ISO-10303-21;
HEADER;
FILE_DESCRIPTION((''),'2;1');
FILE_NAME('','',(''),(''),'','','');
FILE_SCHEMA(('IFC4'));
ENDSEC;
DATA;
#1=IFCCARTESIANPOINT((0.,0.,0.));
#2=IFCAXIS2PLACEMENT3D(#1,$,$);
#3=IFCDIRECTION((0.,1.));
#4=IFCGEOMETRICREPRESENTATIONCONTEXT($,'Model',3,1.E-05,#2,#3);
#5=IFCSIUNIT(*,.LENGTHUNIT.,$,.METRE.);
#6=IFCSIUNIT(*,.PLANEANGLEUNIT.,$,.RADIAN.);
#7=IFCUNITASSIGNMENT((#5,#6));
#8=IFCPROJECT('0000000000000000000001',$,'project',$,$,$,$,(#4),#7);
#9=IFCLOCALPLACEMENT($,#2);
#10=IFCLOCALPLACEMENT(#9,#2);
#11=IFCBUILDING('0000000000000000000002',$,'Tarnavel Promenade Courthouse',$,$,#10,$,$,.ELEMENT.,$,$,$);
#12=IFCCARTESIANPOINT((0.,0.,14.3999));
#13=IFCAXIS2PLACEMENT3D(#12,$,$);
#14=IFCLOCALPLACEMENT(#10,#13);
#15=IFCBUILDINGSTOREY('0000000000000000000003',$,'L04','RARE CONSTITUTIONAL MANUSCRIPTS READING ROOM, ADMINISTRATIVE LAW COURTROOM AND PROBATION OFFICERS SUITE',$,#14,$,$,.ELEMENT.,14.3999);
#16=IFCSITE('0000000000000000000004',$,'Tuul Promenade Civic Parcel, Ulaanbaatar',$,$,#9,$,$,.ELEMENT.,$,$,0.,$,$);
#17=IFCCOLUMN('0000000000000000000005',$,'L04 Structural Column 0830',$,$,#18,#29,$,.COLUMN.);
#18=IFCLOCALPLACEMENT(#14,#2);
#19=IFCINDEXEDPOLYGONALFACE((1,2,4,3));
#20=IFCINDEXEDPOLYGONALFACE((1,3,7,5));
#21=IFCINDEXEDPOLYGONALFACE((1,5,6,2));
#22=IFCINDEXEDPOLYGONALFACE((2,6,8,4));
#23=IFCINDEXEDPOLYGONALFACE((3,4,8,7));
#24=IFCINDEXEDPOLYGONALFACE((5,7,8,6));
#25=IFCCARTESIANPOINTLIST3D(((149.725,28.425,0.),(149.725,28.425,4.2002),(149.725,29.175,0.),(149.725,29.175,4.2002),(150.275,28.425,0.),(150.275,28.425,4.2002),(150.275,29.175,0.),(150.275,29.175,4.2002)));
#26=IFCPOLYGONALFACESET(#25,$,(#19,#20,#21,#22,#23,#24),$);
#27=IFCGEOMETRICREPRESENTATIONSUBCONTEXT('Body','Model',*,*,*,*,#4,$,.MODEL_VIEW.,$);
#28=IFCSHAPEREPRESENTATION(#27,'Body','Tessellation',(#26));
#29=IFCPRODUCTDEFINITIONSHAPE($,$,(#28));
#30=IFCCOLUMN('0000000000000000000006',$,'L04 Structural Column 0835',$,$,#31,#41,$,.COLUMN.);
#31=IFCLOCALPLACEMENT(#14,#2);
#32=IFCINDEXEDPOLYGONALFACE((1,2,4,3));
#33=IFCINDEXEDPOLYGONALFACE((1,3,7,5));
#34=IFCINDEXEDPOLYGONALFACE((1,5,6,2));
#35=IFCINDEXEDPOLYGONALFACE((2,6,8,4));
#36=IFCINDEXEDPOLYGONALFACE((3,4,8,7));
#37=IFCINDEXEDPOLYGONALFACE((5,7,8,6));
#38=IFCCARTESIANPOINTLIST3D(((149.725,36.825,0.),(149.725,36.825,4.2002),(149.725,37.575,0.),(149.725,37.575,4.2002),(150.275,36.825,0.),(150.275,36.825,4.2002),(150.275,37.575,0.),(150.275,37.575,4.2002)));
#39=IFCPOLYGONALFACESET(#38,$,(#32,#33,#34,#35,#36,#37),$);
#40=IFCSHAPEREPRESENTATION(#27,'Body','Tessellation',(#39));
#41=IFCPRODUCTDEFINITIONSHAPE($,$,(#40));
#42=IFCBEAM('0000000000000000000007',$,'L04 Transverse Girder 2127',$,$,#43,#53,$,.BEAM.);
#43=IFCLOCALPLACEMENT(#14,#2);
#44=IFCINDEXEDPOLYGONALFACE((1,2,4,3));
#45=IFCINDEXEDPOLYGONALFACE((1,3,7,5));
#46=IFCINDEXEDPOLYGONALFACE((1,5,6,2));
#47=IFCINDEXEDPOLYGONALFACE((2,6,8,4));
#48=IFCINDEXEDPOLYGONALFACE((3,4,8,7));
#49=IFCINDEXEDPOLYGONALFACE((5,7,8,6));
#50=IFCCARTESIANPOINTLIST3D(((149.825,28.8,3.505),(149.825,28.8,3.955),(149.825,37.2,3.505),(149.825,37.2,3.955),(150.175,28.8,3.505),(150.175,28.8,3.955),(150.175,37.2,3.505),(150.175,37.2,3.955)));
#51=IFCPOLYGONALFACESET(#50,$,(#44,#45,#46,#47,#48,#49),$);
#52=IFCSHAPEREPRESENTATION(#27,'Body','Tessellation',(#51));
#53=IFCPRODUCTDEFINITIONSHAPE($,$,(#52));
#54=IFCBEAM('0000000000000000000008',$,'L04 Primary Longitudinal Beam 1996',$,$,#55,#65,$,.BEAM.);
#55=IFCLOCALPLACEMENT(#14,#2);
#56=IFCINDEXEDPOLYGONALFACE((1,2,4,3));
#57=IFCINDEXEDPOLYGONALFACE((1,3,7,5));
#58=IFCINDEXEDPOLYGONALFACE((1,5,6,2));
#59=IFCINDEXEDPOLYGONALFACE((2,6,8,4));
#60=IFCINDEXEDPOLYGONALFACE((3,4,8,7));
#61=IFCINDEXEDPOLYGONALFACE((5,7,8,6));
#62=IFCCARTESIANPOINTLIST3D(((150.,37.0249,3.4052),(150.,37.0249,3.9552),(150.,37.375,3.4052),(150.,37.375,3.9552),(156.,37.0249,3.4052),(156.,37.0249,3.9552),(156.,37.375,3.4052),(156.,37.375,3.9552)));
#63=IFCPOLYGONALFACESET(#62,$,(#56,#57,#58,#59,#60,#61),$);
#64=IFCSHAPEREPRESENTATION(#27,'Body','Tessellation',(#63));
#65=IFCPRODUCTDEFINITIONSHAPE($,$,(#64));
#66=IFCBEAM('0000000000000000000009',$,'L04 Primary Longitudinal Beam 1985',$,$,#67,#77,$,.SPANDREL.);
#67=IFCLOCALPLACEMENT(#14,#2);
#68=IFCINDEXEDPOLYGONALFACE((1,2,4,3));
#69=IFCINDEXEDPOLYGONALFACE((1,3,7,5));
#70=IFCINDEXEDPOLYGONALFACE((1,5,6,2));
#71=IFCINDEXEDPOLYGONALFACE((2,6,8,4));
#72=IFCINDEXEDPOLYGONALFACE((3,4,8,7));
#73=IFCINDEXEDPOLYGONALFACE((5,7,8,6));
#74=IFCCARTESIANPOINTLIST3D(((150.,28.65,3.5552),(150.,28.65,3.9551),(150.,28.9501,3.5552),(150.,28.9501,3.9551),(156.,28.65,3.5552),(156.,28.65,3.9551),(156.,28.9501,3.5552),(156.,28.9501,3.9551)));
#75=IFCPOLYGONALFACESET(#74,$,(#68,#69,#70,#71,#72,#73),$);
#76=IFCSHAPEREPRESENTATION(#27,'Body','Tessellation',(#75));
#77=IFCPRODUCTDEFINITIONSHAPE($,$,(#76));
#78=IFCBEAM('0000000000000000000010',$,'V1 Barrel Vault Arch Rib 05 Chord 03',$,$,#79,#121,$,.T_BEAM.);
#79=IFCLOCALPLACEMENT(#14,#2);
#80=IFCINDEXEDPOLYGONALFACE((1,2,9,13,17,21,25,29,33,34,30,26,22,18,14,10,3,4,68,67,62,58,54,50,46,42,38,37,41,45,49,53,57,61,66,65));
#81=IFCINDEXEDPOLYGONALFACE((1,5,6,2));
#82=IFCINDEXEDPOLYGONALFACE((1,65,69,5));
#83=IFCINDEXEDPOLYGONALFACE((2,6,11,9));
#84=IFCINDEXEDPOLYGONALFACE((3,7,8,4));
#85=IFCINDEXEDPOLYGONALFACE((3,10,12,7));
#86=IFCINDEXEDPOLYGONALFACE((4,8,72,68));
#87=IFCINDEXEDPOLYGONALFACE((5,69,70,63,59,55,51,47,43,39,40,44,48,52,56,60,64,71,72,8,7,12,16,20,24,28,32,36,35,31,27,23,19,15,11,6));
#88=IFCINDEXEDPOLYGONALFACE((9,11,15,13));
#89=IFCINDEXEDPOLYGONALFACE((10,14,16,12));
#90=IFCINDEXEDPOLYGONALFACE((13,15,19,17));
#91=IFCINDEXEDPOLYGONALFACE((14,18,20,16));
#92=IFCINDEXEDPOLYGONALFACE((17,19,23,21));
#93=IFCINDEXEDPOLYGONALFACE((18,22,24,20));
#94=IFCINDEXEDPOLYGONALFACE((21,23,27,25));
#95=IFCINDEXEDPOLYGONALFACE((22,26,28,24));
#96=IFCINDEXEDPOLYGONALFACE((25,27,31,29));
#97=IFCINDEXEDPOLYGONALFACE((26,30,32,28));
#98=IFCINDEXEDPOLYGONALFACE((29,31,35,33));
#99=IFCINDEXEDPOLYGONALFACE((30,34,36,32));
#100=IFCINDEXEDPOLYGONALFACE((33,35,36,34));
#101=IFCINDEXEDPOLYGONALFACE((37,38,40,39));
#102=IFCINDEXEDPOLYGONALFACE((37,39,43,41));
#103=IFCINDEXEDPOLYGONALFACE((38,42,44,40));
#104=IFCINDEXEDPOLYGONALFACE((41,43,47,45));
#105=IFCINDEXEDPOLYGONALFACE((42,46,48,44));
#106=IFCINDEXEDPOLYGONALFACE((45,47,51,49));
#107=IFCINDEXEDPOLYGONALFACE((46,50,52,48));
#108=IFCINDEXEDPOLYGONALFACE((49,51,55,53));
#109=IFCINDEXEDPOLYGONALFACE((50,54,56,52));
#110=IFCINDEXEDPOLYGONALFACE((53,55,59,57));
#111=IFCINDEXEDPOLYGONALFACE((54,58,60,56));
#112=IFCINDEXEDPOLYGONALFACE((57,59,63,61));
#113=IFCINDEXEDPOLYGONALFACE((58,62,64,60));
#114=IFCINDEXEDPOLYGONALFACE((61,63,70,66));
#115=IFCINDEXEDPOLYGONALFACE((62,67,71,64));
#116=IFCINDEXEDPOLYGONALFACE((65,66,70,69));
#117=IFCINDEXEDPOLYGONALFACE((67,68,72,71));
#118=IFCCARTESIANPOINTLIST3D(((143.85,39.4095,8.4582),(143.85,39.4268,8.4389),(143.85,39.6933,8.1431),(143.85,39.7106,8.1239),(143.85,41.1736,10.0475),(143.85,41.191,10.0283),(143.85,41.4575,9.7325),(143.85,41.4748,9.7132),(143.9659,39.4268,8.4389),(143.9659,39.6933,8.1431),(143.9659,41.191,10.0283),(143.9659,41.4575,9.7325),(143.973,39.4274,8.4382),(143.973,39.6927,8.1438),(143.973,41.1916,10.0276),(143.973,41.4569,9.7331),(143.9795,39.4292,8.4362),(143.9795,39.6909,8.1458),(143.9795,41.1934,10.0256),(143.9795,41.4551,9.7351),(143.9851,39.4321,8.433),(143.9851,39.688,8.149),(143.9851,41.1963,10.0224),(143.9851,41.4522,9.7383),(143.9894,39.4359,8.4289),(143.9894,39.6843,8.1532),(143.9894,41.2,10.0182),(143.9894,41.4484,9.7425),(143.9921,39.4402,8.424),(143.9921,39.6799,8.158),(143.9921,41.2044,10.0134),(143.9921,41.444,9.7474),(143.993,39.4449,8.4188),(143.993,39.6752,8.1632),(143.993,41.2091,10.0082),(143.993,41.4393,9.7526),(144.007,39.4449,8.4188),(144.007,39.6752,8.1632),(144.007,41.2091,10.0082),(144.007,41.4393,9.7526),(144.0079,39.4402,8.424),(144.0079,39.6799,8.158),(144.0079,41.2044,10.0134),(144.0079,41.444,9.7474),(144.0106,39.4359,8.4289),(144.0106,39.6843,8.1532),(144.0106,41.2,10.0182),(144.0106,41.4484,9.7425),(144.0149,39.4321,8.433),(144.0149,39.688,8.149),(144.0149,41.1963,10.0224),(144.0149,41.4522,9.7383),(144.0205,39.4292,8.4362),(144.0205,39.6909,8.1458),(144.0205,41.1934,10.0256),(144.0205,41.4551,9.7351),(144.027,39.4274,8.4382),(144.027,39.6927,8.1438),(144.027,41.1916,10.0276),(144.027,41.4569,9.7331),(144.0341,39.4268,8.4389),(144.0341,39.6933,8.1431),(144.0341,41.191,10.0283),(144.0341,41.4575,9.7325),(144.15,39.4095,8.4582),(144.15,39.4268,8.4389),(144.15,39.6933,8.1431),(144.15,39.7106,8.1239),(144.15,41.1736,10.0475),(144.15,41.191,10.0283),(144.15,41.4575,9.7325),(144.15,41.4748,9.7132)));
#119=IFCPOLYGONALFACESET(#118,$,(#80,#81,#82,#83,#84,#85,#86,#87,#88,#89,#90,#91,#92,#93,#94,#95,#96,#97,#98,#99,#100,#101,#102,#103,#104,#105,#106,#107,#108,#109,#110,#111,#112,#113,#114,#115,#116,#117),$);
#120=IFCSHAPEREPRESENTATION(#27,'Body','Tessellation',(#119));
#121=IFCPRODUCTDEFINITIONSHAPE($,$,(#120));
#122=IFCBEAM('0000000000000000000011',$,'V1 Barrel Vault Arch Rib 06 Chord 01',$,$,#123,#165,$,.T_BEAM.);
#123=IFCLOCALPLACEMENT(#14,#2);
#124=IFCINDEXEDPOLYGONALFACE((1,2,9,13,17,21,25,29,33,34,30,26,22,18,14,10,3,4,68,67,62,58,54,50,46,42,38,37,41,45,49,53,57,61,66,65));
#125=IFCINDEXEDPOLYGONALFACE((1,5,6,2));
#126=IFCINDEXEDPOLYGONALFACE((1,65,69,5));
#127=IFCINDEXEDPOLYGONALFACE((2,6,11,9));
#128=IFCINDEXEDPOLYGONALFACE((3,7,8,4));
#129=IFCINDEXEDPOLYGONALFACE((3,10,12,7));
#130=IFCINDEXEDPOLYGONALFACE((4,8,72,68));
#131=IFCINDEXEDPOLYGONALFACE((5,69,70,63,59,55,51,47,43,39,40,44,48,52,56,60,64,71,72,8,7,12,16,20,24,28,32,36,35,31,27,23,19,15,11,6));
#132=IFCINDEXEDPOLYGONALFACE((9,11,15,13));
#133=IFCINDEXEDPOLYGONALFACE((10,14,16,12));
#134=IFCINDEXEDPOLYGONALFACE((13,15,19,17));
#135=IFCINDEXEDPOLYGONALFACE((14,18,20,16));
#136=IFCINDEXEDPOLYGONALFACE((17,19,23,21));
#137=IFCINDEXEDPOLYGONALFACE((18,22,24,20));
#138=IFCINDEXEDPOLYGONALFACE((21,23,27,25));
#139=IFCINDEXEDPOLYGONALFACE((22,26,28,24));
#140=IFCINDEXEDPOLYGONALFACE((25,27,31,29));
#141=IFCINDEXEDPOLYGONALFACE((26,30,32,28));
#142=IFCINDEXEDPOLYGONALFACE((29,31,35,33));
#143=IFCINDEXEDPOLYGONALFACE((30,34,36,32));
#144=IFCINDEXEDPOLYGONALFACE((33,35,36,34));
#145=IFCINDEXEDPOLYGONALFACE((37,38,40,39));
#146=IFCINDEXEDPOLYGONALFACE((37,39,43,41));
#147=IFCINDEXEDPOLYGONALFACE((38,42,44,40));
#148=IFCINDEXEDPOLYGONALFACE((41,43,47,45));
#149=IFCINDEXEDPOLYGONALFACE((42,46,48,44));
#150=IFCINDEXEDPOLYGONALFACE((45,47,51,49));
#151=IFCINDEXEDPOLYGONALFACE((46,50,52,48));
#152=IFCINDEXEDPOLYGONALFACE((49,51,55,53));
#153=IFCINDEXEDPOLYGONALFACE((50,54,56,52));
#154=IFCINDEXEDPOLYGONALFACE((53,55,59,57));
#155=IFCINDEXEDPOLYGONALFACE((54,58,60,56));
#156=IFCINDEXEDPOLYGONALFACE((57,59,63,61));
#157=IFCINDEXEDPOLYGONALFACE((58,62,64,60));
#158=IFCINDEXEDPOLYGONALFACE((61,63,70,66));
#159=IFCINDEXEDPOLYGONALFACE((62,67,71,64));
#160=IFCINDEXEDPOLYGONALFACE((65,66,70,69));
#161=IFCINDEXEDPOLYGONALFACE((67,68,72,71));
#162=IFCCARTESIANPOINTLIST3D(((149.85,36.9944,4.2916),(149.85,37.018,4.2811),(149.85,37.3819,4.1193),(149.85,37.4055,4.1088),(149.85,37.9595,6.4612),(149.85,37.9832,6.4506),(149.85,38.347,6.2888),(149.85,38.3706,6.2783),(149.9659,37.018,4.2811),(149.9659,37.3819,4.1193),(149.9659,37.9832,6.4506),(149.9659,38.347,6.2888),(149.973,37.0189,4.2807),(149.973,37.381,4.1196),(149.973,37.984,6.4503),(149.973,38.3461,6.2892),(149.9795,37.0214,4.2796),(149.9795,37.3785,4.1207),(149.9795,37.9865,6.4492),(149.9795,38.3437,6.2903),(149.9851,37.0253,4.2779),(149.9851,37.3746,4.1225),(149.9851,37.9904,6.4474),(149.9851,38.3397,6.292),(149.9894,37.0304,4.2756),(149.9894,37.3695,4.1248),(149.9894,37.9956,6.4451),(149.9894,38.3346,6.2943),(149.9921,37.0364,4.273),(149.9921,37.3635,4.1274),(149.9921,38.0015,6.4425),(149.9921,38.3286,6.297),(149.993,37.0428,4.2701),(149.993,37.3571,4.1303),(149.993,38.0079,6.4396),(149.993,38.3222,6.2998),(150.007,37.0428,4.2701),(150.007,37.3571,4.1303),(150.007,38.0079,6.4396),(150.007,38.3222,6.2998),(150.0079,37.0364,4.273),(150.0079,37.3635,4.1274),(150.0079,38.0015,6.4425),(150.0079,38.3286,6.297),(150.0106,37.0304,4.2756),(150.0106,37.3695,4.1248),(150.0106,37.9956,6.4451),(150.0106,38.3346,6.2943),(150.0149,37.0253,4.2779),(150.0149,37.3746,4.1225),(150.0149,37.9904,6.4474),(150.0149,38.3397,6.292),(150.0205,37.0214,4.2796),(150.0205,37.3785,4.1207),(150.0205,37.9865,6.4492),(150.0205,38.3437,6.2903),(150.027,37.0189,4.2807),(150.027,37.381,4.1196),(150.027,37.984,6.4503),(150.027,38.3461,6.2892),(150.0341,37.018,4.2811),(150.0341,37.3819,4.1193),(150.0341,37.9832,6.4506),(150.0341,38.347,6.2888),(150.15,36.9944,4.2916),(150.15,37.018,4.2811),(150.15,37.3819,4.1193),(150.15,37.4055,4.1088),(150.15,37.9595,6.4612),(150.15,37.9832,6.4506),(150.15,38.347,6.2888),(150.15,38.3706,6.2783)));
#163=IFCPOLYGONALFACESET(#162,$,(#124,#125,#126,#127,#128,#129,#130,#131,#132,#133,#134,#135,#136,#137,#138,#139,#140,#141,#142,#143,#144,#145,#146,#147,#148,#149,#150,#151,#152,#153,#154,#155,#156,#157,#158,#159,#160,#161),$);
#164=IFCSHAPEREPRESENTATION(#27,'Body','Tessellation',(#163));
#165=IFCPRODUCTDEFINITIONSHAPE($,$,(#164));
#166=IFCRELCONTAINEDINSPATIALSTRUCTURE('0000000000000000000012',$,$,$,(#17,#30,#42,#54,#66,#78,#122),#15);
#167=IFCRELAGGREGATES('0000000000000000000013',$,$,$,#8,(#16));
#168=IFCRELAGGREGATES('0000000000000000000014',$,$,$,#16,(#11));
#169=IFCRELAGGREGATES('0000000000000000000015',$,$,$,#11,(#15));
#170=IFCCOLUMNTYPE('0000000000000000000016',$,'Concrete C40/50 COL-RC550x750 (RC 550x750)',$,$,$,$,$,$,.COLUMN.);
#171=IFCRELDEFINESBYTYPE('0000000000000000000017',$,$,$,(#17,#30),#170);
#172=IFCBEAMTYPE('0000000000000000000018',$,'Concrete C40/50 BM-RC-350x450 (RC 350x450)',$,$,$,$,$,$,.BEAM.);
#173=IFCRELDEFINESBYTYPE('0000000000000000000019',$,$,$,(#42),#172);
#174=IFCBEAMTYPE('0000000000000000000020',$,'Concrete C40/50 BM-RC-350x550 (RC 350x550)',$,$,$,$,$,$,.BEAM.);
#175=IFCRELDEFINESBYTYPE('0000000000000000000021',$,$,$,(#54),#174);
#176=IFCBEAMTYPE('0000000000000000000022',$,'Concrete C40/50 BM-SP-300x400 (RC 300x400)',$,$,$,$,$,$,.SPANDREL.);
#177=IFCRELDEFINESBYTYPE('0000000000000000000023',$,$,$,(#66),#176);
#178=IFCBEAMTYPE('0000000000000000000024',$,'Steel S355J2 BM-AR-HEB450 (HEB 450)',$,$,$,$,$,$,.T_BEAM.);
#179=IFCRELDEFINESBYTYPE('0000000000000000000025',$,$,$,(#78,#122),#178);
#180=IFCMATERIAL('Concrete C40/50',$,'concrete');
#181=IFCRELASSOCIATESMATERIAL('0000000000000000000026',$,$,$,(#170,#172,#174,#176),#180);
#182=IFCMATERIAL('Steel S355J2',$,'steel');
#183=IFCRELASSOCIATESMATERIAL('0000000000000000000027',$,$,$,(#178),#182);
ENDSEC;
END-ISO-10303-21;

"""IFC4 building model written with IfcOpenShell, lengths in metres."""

from ifc_helpers import new_model, si_unit, direction, frame, origin, origin_2d, place, context, subcontext, project, spatial, rectangle, i_section, extrude, material, material_profile, profile_set, type_object, element, save


model = new_model("IFC4")

# Units and contexts
model_context = context("Model", 3, precision=1e-05, world=origin(), true_north=direction((0.0, 1.0)))
body_context = subcontext(model_context, "Body", "Model", "MODEL_VIEW")
ifc_project = project(units=[si_unit("LENGTHUNIT", "METRE"), si_unit("PLANEANGLEUNIT", "RADIAN")], contexts=[model_context])

# Site, building, storey
site_placement = place(None, origin())
site = spatial("IfcSite", under=ifc_project, at=site_placement, Name="Tuul Promenade Civic Parcel, Ulaanbaatar", CompositionType="ELEMENT", RefElevation=0.0)
building_placement = place(site_placement, origin())
building = spatial("IfcBuilding", under=site, at=building_placement, Name="Tarnavel Promenade Courthouse", CompositionType="ELEMENT")
storey_placement = place(building_placement, frame((0.0, 0.0, 14.3999)))
storey = spatial("IfcBuildingStorey", under=building, at=storey_placement, Name="L04", Description="RARE CONSTITUTIONAL MANUSCRIPTS READING ROOM, ADMINISTRATIVE LAW COURTROOM AND PROBATION OFFICERS SUITE", CompositionType="ELEMENT", Elevation=14.3999)

# Columns
ifc_material_1 = material(Name="Concrete C40/50", Category="concrete")
ifc_material_profile_1 = material_profile(ifc_material_1, rectangle(XDim=0.55, YDim=0.75, at=origin_2d()), Name="RC 550x750")
ifc_profile_set_1 = profile_set([ifc_material_profile_1], Name="Concrete C40/50")
column_type = type_object("IfcColumnType", Name="Concrete C40/50 COL-RC550x750 (RC 550x750)", PredefinedType="COLUMN", material=ifc_profile_set_1)
for number, where, z_axis, x_axis, name in (
    (1, (150.0, 28.8, 0.0), (0.0, 0.0, 1.0), (1.0, 0.0, 0.0), "L04 Structural Column 0830"),
    (2, (150.0, 37.2, 0.0), (0.0, 0.0, 1.0), (1.0, 0.0, 0.0), "L04 Structural Column 0835"),
):
    element("IfcColumn", number, at=place(storey_placement, frame(where, z_axis=z_axis, x_axis=x_axis)), inside=storey, type_object=column_type, Name=name, PredefinedType="COLUMN", context=body_context, shape_type="SweptSolid", body=[
        extrude(rectangle(XDim=0.55, YDim=0.75, at=origin_2d()), origin(), (0.0, 0.0, 1.0), 4.2002),
    ])

# Beams
ifc_material_profile_2 = material_profile(ifc_material_1, rectangle(XDim=0.3501, YDim=0.45, at=origin_2d()), Name="RC 350x450")
ifc_profile_set_2 = profile_set([ifc_material_profile_2], Name="Concrete C40/50")
beam_type_1 = type_object("IfcBeamType", Name="Concrete C40/50 BM-RC-350x450 (RC 350x450)", PredefinedType="BEAM", material=ifc_profile_set_2)
beam_1_placement = place(storey_placement, frame((150.0, 28.8, 3.73), z_axis=(0.0, 1.0, 0.0), x_axis=(-1.0, 0.0, 0.0)))
element("IfcBeam", 3, at=beam_1_placement, inside=storey, type_object=beam_type_1, Name="L04 Transverse Girder 2127", PredefinedType="BEAM", context=body_context, shape_type="SweptSolid", body=[
    extrude(rectangle(XDim=0.3501, YDim=0.45, at=origin_2d()), origin(), (0.0, 0.0, 1.0), 8.3999),
])
ifc_material_profile_3 = material_profile(ifc_material_1, rectangle(XDim=0.3501, YDim=0.55, at=origin_2d()), Name="RC 350x550")
ifc_profile_set_3 = profile_set([ifc_material_profile_3], Name="Concrete C40/50")
beam_type_2 = type_object("IfcBeamType", Name="Concrete C40/50 BM-RC-350x550 (RC 350x550)", PredefinedType="BEAM", material=ifc_profile_set_3)
beam_2_placement = place(storey_placement, frame((150.0, 37.2, 3.6802), z_axis=(1.0, 0.0, 0.0), x_axis=(0.0, 1.0, 0.0)))
element("IfcBeam", 4, at=beam_2_placement, inside=storey, type_object=beam_type_2, Name="L04 Primary Longitudinal Beam 1996", PredefinedType="BEAM", context=body_context, shape_type="SweptSolid", body=[
    extrude(rectangle(XDim=0.3501, YDim=0.55, at=origin_2d()), origin(), (0.0, 0.0, 1.0), 6.0),
])
ifc_material_profile_4 = material_profile(ifc_material_1, rectangle(XDim=0.3, YDim=0.3999, at=origin_2d()), Name="RC 300x400")
ifc_profile_set_4 = profile_set([ifc_material_profile_4], Name="Concrete C40/50")
beam_type_3 = type_object("IfcBeamType", Name="Concrete C40/50 BM-SP-300x400 (RC 300x400)", PredefinedType="SPANDREL", material=ifc_profile_set_4)
beam_3_placement = place(storey_placement, frame((150.0, 28.8, 3.7551), z_axis=(1.0, 0.0, 0.0), x_axis=(0.0, 1.0, 0.0)))
element("IfcBeam", 5, at=beam_3_placement, inside=storey, type_object=beam_type_3, Name="L04 Primary Longitudinal Beam 1985", PredefinedType="SPANDREL", context=body_context, shape_type="SweptSolid", body=[
    extrude(rectangle(XDim=0.3, YDim=0.3999, at=origin_2d()), origin(), (0.0, 0.0, 1.0), 6.0),
])
ifc_material_2 = material(Name="Steel S355J2", Category="steel")
ifc_material_profile_5 = material_profile(ifc_material_2, i_section(OverallWidth=0.3, OverallDepth=0.45, WebThickness=0.0139, FlangeThickness=0.0259, FilletRadius=0.0271, at=origin_2d()), Name="HEB 450")
ifc_profile_set_5 = profile_set([ifc_material_profile_5], Name="Steel S355J2")
beam_type_4 = type_object("IfcBeamType", Name="Steel S355J2 BM-AR-HEB450 (HEB 450)", PredefinedType="T_BEAM", material=ifc_profile_set_5)
for number, where, z_axis, x_axis, name in (
    (6, (144.0, 39.5601, 8.291), (0.0, 0.742957, 0.66934), (-1.0, 0.0, 0.0), "V1 Barrel Vault Arch Rib 05 Chord 03"),
    (7, (150.0, 37.2, 4.2002), (0.0, 0.406453, 0.913672), (-1.0, 0.0, 0.0), "V1 Barrel Vault Arch Rib 06 Chord 01"),
):
    element("IfcBeam", number, at=place(storey_placement, frame(where, z_axis=z_axis, x_axis=x_axis)), inside=storey, type_object=beam_type_4, Name=name, PredefinedType="T_BEAM", context=body_context, shape_type="SweptSolid", body=[
        extrude(i_section(OverallWidth=0.3, OverallDepth=0.45, WebThickness=0.0139, FlangeThickness=0.0259, FilletRadius=0.0271, at=origin_2d()), origin(), (0.0, 0.0, 1.0), 2.3745),
    ])

save(model, "model.ifc")
